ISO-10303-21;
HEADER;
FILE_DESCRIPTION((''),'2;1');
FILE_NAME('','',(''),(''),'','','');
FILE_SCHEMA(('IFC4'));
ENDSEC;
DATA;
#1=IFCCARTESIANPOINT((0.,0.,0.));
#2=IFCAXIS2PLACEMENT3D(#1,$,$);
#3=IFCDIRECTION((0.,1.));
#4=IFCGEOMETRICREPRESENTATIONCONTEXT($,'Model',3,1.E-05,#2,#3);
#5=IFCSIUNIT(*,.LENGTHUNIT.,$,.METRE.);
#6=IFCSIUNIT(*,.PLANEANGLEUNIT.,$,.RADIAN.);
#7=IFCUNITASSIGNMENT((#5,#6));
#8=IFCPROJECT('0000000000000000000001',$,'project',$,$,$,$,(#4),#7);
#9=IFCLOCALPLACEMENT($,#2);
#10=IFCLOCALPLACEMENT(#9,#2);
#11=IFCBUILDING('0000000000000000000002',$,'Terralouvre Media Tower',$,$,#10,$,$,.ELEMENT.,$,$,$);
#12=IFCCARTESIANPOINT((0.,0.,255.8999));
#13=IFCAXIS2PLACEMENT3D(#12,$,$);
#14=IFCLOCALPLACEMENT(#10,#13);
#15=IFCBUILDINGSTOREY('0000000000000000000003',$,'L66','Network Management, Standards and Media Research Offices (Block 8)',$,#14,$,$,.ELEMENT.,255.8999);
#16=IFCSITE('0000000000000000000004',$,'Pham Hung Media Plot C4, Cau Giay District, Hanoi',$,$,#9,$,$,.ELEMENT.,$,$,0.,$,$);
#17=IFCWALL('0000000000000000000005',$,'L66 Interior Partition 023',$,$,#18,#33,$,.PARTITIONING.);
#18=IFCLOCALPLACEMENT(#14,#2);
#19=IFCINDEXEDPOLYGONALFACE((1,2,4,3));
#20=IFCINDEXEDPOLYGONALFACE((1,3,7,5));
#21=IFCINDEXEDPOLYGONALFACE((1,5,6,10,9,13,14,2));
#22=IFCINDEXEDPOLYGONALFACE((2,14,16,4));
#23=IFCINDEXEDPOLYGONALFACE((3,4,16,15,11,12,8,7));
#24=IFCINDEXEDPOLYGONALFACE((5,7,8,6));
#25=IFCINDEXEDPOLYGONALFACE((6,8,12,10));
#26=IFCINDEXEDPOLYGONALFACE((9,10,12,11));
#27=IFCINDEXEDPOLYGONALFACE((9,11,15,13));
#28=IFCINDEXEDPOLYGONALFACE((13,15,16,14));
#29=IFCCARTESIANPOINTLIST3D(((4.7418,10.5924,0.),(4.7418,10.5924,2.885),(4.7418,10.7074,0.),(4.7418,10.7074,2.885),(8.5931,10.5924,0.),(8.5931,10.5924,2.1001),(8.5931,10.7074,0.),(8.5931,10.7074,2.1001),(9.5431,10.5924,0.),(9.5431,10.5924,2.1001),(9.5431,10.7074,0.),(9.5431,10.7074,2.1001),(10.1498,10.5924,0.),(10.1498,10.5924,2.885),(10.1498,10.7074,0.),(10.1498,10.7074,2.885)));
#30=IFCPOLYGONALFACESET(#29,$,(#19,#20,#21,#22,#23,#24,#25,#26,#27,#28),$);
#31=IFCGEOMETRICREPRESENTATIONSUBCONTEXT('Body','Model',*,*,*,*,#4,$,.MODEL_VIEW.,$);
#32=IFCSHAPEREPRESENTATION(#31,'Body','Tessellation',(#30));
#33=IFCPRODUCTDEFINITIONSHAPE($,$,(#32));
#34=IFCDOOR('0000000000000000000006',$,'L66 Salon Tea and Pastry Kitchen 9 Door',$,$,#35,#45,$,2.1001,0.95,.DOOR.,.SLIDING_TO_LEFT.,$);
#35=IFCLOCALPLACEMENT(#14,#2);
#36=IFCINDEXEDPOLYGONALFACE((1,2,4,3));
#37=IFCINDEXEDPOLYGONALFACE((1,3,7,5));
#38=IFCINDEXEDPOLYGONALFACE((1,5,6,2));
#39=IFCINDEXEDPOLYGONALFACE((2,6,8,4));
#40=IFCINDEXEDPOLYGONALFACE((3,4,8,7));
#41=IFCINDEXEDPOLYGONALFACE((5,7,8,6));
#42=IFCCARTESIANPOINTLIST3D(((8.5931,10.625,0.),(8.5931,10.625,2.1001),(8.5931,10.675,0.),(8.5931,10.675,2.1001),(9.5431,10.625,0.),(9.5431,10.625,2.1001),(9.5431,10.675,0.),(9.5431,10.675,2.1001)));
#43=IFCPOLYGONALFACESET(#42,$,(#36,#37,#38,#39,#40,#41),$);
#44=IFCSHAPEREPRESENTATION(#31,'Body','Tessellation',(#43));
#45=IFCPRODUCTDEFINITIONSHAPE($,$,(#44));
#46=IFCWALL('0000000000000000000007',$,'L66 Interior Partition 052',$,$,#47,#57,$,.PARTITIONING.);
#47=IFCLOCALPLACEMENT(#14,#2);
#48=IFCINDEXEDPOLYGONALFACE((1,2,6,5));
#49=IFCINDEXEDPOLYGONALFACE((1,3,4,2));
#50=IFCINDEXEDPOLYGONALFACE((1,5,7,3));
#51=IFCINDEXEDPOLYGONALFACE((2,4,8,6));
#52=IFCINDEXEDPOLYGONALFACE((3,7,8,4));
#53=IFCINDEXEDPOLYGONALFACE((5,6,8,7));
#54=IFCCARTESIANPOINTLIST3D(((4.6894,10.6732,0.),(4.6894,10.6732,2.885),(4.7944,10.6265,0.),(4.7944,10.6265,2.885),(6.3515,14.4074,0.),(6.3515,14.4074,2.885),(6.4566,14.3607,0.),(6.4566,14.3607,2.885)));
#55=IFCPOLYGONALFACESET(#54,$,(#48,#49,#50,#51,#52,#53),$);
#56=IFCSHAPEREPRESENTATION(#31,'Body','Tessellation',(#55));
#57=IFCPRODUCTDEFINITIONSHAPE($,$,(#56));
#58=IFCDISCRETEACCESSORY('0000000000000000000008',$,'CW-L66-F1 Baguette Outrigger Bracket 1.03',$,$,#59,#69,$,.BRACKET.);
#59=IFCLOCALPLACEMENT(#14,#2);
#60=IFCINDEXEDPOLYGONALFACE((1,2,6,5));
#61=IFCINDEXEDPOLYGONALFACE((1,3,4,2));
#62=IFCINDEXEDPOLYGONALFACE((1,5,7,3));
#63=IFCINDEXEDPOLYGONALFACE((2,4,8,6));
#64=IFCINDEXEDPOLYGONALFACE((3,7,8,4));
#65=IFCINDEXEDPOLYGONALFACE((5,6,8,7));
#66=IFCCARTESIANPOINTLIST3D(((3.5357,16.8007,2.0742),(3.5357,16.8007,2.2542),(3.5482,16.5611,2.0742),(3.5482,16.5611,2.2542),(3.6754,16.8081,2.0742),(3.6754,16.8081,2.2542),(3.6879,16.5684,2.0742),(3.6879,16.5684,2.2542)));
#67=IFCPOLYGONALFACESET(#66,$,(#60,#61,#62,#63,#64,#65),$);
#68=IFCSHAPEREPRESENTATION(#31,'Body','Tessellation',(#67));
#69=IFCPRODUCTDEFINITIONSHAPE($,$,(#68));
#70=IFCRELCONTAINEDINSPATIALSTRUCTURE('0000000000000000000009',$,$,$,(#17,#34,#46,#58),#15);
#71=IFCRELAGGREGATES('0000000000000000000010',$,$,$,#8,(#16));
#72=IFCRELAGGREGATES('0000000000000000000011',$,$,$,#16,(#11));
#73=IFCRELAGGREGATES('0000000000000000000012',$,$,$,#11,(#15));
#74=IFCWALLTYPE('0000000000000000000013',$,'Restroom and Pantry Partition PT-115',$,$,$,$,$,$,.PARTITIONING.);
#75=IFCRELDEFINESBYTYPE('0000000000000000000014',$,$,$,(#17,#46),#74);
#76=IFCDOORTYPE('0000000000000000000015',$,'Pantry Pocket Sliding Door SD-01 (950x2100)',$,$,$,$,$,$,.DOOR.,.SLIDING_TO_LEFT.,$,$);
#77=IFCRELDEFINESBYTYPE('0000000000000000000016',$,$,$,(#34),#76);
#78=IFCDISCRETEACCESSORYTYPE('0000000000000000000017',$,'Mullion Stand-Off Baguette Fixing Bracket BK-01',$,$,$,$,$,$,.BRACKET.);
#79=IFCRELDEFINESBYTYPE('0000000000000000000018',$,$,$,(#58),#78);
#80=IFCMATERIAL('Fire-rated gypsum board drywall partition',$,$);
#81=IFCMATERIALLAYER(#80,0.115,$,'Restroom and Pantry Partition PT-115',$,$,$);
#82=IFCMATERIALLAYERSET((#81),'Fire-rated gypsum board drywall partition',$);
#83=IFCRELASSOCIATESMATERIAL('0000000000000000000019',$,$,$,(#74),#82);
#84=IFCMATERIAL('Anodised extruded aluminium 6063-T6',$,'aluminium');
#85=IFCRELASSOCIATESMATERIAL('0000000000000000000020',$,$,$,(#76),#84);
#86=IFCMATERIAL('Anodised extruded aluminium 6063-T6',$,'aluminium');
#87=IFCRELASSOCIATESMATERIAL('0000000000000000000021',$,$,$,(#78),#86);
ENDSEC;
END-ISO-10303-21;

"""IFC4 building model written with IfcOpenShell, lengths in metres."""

from ifc_helpers import new_model, si_unit, direction, frame, frame_2d, origin, origin_2d, place, context, subcontext, project, spatial, rectangle, extrude, material, layer, layer_set, type_object, element, fill, save


model = new_model("IFC4")

# Units and contexts
model_context = context("Model", 3, precision=1e-05, world=origin(), true_north=direction((0.0, 1.0)))
body_context = subcontext(model_context, "Body", "Model", "MODEL_VIEW")
ifc_project = project(units=[si_unit("LENGTHUNIT", "METRE"), si_unit("PLANEANGLEUNIT", "RADIAN")], contexts=[model_context])

# Site, building, storey
site_placement = place(None, origin())
site = spatial("IfcSite", under=ifc_project, at=site_placement, Name="Pham Hung Media Plot C4, Cau Giay District, Hanoi", CompositionType="ELEMENT", RefElevation=0.0)
building_placement = place(site_placement, origin())
building = spatial("IfcBuilding", under=site, at=building_placement, Name="Terralouvre Media Tower", CompositionType="ELEMENT")
storey_placement = place(building_placement, frame((0.0, 0.0, 255.8999)))
storey = spatial("IfcBuildingStorey", under=building, at=storey_placement, Name="L66", Description="Network Management, Standards and Media Research Offices (Block 8)", CompositionType="ELEMENT", Elevation=255.8999)

# Shared definitions
ifc_material_1 = material(Name="Fire-rated gypsum board drywall partition")
ifc_layer_1 = layer(ifc_material_1, 0.115, Name="Restroom and Pantry Partition PT-115")
ifc_layer_set_1 = layer_set([ifc_layer_1], Name="Fire-rated gypsum board drywall partition")
wall_type_1 = type_object("IfcWallType", Name="Restroom and Pantry Partition PT-115", PredefinedType="PARTITIONING", material=ifc_layer_set_1)

# Wall, opening, door
wall_1_placement = place(storey_placement, frame((10.1499, 10.6499, 0.0), z_axis=(0.0, 0.0, 1.0), x_axis=(-1.0, 0.0, 0.0)))
wall_1 = element("IfcWall", 1, at=wall_1_placement, inside=storey, type_object=wall_type_1, Name="L66 Interior Partition 023", PredefinedType="PARTITIONING", context=body_context, shape_type="SweptSolid", body=[
    extrude(rectangle(XDim=5.408, YDim=0.115, at=frame_2d((2.7041, 0.0))), origin(), (0.0, 0.0, 1.0), 2.885),
])
opening_1_placement = place(wall_1_placement, frame((0.6067, 0.0, 0.0)))
opening_1 = element("IfcOpeningElement", 2, at=opening_1_placement, cuts=wall_1, PredefinedType="OPENING", context=body_context, shape_type="SweptSolid", body=[
    extrude(rectangle(XDim=0.95, YDim=2.1001, at=frame_2d((0.4751, 1.05))), frame((0.0, 0.0674, 0.0), z_axis=(0.0, -1.0, 0.0), x_axis=(1.0, 0.0, 0.0)), (0.0, 0.0, 1.0), 0.135),
])
ifc_material_2 = material(Name="Anodised extruded aluminium 6063-T6", Category="aluminium")
door_type_1 = type_object("IfcDoorType", Name="Pantry Pocket Sliding Door SD-01 (950x2100)", OperationType="SLIDING_TO_LEFT", PredefinedType="DOOR", material=ifc_material_2)
door_1_placement = place(opening_1_placement, origin())
door_1 = element("IfcDoor", 3, at=door_1_placement, inside=storey, type_object=door_type_1, Name="L66 Salon Tea and Pastry Kitchen 9 Door", OperationType="SLIDING_TO_LEFT", OverallHeight=2.1001, OverallWidth=0.95, PredefinedType="DOOR", context=body_context, shape_type="SweptSolid", body=[
    extrude(rectangle(XDim=0.95, YDim=2.1001, at=frame_2d((0.4751, 1.05))), frame((0.0, 0.0249, 0.0), z_axis=(0.0, -1.0, 0.0), x_axis=(1.0, 0.0, 0.0)), (0.0, 0.0, 1.0), 0.05),
])
fill(opening_1, door_1)

# Wall
wall_2_placement = place(storey_placement, frame((6.4041, 14.384, 0.0), z_axis=(0.0, 0.0, 1.0), x_axis=(-0.406648, -0.913585, 0.0)))
element("IfcWall", 4, at=wall_2_placement, inside=storey, type_object=wall_type_1, Name="L66 Interior Partition 052", PredefinedType="PARTITIONING", context=body_context, shape_type="SweptSolid", body=[
    extrude(rectangle(XDim=4.0874, YDim=0.115, at=frame_2d((2.0437, 0.0))), origin(), (0.0, 0.0, 1.0), 2.885),
])

# Discrete accessory
ifc_material_3 = material(Name="Anodised extruded aluminium 6063-T6", Category="aluminium")
discrete_accessory_type = type_object("IfcDiscreteAccessoryType", Name="Mullion Stand-Off Baguette Fixing Bracket BK-01", PredefinedType="BRACKET", material=ifc_material_3)
discrete_accessory_placement = place(storey_placement, frame((3.6118, 16.6846, 2.0742), z_axis=(0.0, 0.0, 1.0), x_axis=(-0.99863, -0.052336, 0.0)))
element("IfcDiscreteAccessory", 5, at=discrete_accessory_placement, inside=storey, type_object=discrete_accessory_type, Name="CW-L66-F1 Baguette Outrigger Bracket 1.03", PredefinedType="BRACKET", context=body_context, shape_type="SweptSolid", body=[
    extrude(rectangle(XDim=0.1399, YDim=0.24, at=origin_2d()), origin(), (0.0, 0.0, 1.0), 0.1799),
])

save(model, "model.ifc")
